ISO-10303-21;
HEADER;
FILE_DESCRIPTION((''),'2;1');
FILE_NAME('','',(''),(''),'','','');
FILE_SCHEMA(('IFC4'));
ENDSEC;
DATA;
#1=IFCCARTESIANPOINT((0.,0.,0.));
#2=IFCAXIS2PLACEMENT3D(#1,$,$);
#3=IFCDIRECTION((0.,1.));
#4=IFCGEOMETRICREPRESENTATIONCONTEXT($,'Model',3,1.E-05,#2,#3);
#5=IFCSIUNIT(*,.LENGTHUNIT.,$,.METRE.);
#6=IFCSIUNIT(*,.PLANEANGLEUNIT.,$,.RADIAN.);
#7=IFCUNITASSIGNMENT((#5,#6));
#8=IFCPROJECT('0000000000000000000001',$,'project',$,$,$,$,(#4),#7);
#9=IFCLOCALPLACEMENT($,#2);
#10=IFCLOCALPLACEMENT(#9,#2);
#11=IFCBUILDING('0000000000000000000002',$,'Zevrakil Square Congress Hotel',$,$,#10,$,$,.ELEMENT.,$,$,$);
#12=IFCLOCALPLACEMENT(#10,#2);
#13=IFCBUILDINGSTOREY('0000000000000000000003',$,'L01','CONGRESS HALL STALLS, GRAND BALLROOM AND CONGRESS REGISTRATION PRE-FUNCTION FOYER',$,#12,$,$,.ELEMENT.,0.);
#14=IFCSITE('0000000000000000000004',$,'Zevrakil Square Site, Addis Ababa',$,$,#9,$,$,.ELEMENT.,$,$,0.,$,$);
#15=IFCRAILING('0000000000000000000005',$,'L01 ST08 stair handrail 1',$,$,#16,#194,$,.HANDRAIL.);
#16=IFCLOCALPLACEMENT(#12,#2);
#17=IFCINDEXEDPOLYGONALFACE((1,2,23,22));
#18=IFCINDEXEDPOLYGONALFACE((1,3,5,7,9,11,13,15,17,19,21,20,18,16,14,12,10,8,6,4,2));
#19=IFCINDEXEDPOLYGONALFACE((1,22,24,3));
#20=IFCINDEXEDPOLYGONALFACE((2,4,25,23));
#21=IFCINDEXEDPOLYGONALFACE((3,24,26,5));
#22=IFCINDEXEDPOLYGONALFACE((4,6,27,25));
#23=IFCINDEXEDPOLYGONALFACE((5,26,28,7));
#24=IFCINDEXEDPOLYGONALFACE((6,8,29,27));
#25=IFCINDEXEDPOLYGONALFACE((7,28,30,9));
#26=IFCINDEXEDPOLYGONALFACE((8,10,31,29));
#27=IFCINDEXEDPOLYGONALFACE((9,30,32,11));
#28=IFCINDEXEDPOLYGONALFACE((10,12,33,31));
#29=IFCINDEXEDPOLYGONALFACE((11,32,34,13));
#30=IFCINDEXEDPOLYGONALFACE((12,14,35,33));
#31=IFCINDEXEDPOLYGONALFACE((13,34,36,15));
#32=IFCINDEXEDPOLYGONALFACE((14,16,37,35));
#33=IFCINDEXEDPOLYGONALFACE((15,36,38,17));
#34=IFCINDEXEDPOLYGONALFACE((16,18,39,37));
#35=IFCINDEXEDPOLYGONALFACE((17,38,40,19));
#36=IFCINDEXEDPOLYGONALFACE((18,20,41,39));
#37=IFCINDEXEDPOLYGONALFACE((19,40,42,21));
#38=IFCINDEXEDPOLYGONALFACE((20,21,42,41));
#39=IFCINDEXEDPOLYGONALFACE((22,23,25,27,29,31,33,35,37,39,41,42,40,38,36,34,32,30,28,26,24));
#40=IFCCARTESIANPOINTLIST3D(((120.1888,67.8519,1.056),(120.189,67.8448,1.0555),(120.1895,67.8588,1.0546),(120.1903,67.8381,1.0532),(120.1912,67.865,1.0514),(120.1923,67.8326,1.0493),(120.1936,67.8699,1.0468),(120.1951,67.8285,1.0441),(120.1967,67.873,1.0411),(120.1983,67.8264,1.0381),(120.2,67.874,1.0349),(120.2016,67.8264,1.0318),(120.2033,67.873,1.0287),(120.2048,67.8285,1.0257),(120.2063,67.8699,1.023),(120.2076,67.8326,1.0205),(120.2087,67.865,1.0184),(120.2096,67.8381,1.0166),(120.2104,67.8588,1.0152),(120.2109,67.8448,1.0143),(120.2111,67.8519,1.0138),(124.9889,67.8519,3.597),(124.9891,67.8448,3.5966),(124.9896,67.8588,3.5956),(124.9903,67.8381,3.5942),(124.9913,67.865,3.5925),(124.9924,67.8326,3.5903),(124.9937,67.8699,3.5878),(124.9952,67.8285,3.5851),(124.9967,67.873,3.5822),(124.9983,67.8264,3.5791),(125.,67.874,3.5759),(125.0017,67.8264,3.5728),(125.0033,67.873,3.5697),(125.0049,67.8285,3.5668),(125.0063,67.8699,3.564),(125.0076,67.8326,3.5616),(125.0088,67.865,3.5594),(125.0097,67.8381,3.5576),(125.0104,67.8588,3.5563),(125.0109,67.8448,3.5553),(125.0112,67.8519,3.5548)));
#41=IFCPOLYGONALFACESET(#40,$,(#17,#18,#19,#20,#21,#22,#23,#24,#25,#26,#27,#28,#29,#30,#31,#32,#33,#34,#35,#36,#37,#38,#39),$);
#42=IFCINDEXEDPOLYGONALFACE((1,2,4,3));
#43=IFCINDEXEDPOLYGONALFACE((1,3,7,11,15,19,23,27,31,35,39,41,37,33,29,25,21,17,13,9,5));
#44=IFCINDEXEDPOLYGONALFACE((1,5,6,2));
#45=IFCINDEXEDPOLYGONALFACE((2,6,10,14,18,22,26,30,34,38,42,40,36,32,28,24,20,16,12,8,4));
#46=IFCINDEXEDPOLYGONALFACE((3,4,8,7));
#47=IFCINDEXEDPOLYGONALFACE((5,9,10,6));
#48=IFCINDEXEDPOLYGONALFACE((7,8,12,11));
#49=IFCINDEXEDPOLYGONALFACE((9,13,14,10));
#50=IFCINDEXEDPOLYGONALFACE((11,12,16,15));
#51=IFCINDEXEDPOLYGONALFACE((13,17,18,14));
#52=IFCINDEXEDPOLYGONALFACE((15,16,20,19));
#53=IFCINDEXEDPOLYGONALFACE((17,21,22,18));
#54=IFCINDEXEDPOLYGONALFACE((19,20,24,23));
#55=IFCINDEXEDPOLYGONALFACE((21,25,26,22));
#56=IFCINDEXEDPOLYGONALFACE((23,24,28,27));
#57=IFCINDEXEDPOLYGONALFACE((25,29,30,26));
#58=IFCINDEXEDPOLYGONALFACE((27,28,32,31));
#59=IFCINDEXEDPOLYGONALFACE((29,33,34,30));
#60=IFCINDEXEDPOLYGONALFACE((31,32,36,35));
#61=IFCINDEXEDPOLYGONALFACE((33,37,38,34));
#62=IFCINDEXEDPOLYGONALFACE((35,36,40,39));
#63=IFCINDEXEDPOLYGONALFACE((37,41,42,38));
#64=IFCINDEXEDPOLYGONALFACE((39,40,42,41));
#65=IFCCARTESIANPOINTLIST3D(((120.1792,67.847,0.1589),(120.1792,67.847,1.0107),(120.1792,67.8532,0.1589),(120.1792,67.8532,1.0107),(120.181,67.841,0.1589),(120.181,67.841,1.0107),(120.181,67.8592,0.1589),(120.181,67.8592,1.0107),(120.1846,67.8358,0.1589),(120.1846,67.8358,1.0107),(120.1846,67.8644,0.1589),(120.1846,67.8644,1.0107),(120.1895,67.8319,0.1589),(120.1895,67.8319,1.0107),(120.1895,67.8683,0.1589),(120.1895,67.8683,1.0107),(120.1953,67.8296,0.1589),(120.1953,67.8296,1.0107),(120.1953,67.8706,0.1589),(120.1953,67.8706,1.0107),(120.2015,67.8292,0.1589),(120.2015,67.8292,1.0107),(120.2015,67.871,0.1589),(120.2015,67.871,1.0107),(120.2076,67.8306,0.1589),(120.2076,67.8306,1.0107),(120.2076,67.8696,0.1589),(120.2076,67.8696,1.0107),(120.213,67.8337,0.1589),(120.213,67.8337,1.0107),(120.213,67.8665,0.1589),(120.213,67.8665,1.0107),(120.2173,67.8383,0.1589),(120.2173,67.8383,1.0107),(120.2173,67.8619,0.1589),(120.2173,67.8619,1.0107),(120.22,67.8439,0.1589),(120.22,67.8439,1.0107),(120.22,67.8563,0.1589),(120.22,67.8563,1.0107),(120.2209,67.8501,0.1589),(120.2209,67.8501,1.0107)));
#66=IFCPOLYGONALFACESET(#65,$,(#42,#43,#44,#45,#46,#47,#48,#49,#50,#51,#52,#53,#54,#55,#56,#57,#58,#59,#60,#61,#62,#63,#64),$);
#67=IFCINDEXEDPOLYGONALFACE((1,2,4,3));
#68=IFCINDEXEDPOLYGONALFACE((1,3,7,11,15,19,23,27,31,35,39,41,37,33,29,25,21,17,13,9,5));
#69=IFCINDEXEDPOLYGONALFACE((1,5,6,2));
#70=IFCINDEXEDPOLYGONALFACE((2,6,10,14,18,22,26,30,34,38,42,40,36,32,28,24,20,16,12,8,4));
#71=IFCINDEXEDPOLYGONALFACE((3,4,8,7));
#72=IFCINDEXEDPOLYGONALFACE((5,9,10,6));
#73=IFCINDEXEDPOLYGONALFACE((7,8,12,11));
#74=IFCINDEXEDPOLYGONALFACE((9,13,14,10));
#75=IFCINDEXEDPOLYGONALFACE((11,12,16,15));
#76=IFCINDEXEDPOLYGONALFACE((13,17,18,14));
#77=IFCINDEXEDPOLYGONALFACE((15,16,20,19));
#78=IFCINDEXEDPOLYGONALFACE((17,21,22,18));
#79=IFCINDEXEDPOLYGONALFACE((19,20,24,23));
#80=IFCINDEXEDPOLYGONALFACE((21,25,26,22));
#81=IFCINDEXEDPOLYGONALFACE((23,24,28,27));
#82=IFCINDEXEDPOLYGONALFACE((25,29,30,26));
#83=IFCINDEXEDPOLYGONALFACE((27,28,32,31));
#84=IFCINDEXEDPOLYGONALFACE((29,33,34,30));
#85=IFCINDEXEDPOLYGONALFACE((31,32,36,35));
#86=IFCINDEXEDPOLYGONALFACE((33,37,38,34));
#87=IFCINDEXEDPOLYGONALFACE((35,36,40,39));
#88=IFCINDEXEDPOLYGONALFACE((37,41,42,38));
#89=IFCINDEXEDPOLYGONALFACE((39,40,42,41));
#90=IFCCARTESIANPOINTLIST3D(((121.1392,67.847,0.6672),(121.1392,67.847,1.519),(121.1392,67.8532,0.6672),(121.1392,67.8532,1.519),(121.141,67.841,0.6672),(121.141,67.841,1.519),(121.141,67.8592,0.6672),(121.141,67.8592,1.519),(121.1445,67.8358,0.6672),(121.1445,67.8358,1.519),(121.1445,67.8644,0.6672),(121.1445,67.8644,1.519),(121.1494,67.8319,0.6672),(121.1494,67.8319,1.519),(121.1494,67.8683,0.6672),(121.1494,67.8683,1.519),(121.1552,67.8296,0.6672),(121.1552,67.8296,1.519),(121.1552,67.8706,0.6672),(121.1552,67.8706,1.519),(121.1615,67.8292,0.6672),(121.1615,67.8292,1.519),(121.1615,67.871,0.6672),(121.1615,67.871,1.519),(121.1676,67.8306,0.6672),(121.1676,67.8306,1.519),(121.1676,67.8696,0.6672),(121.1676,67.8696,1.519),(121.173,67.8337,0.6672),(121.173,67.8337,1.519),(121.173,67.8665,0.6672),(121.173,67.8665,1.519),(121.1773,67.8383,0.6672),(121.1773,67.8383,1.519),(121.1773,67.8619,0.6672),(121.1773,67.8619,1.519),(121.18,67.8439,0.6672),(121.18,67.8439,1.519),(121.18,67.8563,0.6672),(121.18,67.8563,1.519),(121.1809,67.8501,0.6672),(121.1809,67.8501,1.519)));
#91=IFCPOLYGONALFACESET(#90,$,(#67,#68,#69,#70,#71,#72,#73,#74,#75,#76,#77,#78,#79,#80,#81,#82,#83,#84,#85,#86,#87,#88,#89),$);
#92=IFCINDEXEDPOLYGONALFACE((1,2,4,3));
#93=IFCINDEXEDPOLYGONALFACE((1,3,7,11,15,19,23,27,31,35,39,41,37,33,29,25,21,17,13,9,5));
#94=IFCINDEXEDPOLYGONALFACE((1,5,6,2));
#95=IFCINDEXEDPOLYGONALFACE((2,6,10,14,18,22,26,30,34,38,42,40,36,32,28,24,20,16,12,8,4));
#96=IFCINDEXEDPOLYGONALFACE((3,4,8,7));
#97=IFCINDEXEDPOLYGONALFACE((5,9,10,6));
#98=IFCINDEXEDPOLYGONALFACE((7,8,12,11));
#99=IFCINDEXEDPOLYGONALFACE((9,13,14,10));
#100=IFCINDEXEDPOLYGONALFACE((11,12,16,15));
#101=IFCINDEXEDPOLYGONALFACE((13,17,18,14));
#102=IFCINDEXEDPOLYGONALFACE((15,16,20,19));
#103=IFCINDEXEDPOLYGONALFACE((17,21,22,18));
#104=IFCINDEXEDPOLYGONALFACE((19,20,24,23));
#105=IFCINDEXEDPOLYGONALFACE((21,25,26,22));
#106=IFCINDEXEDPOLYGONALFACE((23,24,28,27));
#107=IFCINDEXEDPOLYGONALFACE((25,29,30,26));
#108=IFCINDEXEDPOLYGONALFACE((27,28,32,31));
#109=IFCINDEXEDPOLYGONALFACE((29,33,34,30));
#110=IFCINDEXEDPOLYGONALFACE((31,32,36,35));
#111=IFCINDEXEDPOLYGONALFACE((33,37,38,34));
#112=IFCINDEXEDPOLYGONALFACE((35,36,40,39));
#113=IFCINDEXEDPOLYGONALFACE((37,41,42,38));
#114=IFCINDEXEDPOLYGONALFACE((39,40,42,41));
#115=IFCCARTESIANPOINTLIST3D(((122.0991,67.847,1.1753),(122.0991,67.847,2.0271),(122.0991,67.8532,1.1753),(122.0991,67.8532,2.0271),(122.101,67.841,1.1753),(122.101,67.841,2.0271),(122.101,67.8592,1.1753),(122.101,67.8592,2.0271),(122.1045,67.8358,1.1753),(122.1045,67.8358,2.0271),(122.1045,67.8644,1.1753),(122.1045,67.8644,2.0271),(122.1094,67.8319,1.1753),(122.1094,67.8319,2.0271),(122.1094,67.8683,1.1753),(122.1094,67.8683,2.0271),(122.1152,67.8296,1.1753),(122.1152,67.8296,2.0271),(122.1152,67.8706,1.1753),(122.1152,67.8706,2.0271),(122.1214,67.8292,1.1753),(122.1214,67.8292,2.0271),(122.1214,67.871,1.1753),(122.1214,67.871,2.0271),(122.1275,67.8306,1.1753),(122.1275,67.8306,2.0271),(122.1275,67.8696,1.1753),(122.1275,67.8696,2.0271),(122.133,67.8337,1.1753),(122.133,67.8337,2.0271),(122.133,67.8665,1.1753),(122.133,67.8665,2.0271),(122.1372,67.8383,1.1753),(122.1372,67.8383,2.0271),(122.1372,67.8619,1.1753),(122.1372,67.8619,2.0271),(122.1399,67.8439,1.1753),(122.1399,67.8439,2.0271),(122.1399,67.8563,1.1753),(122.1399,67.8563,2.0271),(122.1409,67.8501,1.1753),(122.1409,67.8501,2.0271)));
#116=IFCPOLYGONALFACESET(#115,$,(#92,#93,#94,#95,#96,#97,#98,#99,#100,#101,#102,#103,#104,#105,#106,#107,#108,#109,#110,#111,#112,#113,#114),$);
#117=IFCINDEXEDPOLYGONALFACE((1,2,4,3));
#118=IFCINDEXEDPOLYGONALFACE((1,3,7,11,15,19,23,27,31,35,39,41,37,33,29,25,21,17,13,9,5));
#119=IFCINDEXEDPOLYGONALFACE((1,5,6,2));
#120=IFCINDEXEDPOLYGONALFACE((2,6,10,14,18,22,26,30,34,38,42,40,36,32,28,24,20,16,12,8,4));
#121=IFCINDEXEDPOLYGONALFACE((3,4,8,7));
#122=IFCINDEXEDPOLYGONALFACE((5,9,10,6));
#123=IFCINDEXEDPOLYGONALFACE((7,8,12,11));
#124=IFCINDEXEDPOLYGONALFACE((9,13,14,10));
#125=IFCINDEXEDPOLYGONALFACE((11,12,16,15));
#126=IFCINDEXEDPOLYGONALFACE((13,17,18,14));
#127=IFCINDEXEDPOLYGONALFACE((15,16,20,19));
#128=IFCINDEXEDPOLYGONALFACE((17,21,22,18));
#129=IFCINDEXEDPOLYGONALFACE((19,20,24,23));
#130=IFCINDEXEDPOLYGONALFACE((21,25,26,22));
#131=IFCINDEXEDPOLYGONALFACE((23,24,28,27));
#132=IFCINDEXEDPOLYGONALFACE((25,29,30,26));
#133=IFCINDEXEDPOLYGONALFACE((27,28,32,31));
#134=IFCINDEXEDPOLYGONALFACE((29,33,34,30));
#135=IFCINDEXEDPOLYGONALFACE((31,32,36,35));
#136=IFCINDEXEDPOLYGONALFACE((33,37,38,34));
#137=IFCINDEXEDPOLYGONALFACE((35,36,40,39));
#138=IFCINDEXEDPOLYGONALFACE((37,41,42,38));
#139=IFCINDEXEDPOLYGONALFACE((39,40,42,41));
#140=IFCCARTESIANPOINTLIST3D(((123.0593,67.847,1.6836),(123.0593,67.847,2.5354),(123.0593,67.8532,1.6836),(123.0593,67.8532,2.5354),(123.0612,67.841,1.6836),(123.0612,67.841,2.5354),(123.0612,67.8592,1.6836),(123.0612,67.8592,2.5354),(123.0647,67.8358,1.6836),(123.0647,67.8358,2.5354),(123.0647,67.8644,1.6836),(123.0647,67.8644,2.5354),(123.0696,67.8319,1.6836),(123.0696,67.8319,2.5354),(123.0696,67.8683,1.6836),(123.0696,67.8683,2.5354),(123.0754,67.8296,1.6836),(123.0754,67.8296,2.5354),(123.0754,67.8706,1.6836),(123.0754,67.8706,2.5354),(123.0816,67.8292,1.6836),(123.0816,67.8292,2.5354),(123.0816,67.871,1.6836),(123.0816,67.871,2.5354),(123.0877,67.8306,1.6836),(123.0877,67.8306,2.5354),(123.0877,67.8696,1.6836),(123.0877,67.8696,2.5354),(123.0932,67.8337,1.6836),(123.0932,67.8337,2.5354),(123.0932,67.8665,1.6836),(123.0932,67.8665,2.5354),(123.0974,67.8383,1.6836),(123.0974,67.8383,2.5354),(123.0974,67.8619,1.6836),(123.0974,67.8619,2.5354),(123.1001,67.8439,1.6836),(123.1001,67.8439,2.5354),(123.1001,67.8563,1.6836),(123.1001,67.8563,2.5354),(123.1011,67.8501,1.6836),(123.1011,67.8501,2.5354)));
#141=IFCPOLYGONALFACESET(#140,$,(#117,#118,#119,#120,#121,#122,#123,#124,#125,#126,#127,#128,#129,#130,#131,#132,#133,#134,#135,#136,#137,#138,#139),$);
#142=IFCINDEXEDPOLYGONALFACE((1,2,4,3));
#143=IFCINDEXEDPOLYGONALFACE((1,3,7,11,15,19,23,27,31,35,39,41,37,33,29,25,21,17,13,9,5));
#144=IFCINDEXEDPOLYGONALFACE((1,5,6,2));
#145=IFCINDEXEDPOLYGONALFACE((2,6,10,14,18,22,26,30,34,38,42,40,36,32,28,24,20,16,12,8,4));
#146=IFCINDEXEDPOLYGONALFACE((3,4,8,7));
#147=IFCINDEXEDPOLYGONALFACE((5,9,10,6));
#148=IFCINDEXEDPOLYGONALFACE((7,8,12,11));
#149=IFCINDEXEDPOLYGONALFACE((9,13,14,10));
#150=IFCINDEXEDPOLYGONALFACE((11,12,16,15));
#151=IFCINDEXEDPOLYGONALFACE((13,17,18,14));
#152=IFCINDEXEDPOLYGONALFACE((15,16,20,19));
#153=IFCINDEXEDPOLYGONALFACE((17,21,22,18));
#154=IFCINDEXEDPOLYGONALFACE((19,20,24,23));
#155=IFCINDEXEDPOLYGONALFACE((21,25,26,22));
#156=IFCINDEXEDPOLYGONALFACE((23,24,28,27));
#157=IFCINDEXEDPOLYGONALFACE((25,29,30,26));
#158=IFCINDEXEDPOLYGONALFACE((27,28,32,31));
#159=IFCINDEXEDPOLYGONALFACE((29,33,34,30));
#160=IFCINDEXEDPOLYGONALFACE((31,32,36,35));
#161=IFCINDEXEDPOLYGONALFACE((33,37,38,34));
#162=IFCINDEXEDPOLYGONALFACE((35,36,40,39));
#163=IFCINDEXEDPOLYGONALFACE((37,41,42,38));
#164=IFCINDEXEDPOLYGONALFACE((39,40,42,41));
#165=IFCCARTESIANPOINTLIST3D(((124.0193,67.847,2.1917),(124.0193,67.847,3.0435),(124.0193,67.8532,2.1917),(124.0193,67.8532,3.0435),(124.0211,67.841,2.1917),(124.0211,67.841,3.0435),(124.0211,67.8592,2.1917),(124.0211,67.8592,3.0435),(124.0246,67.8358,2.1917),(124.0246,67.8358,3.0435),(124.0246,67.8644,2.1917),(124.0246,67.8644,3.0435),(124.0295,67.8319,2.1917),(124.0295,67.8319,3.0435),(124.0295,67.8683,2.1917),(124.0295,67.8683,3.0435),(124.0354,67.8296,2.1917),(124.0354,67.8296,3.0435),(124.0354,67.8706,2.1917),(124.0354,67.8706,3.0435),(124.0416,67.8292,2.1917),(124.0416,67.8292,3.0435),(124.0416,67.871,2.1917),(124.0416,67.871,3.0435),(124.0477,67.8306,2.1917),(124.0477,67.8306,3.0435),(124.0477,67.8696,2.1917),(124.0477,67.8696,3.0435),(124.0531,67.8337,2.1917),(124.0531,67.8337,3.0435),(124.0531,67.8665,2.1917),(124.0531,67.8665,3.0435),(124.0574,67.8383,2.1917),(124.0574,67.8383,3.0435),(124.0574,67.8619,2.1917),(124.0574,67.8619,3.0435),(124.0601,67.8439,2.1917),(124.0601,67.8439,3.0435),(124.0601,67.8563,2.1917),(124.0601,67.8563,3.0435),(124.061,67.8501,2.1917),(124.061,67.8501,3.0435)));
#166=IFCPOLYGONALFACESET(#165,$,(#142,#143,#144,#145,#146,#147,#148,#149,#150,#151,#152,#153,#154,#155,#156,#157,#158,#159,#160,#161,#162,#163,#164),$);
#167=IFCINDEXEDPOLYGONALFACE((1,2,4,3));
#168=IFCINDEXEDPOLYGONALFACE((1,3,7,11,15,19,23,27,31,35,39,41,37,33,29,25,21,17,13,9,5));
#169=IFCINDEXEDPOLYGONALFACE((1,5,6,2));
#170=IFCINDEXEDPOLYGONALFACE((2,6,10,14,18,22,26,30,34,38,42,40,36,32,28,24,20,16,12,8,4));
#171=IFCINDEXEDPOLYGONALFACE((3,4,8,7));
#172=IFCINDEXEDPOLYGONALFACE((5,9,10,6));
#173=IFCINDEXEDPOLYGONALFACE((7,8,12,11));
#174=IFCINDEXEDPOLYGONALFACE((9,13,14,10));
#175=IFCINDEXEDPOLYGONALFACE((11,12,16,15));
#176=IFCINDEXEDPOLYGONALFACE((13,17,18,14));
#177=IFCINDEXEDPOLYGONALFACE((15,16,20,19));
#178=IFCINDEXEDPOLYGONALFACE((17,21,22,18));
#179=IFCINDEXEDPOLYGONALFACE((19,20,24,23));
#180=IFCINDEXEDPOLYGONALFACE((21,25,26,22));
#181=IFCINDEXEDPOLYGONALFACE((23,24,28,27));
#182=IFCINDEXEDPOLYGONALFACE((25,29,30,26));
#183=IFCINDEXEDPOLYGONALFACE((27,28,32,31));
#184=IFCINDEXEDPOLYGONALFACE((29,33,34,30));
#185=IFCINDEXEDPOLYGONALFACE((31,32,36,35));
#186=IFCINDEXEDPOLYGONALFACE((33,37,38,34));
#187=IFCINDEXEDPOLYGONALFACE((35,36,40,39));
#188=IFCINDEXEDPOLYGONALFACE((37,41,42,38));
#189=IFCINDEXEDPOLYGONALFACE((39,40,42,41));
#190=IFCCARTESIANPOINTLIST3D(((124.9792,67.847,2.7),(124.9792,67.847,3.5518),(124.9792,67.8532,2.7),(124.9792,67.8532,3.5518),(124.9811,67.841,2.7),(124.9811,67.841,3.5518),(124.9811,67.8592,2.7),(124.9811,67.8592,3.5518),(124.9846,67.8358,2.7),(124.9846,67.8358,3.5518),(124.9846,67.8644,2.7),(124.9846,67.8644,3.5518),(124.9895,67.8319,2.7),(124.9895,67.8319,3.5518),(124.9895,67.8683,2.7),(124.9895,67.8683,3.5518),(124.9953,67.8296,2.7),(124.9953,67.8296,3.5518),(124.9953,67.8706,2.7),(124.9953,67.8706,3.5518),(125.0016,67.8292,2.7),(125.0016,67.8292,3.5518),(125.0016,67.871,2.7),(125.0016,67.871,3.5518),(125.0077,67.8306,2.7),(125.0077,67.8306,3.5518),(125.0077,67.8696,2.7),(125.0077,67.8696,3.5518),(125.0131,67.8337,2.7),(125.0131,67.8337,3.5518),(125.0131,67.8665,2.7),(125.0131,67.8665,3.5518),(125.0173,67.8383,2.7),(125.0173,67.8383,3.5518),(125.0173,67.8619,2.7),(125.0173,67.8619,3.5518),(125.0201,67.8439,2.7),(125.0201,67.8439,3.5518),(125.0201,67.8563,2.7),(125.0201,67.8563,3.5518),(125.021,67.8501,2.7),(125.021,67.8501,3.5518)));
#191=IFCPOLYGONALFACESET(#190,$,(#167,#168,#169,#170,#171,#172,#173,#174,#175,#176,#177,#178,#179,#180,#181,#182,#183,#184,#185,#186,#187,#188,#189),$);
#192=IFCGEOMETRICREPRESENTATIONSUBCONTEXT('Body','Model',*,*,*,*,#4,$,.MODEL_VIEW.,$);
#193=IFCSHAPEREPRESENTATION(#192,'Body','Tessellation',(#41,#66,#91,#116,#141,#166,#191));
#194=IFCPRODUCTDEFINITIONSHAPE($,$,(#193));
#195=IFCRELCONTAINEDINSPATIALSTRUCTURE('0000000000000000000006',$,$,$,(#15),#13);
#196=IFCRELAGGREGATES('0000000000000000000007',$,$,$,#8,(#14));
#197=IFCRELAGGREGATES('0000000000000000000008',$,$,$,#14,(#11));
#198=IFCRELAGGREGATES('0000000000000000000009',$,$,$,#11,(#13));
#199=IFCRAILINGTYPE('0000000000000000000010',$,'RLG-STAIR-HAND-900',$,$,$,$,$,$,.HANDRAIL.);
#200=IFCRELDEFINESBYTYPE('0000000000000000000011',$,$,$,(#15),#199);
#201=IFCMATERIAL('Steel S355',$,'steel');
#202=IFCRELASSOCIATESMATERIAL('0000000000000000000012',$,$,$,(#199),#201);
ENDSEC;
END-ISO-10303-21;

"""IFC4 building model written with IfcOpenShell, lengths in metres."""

from ifc_helpers import new_model, si_unit, direction, frame, origin, origin_2d, place, context, subcontext, project, spatial, circle, extrude, material, type_object, element, save


model = new_model("IFC4")

# Units and contexts
model_context = context("Model", 3, precision=1e-05, world=origin(), true_north=direction((0.0, 1.0)))
body_context = subcontext(model_context, "Body", "Model", "MODEL_VIEW")
ifc_project = project(units=[si_unit("LENGTHUNIT", "METRE"), si_unit("PLANEANGLEUNIT", "RADIAN")], contexts=[model_context])

# Site, building, storey
site_placement = place(None, origin())
site = spatial("IfcSite", under=ifc_project, at=site_placement, Name="Zevrakil Square Site, Addis Ababa", CompositionType="ELEMENT", RefElevation=0.0)
building_placement = place(site_placement, origin())
building = spatial("IfcBuilding", under=site, at=building_placement, Name="Zevrakil Square Congress Hotel", CompositionType="ELEMENT")
storey_placement = place(building_placement, origin())
storey = spatial("IfcBuildingStorey", under=building, at=storey_placement, Name="L01", Description="CONGRESS HALL STALLS, GRAND BALLROOM AND CONGRESS REGISTRATION PRE-FUNCTION FOYER", CompositionType="ELEMENT", Elevation=0.0)

# Railing
ifc_material_1 = material(Name="Steel S355", Category="steel")
railing_type_1 = type_object("IfcRailingType", Name="RLG-STAIR-HAND-900", PredefinedType="HANDRAIL", material=ifc_material_1)
railing_1_placement = place(storey_placement, frame((120.2, 67.8501, 0.1589)))
element("IfcRailing", 1, at=railing_1_placement, inside=storey, type_object=railing_type_1, Name="L01 ST08 stair handrail 1", PredefinedType="HANDRAIL", context=body_context, shape_type="SweptSolid", body=[
    extrude(circle(Radius=0.0239, at=origin_2d()), frame((0.0, 0.0, 0.876), z_axis=(0.883802, 0.0, 0.467861), x_axis=(0.0, 1.0, 0.0)), (0.0, 0.0, 1.0), 5.4312),
    extrude(circle(Radius=0.021, at=origin_2d()), origin(), (0.0, 0.0, 1.0), 0.8518),
    extrude(circle(Radius=0.021, at=origin_2d()), frame((0.96, 0.0, 0.5083)), (0.0, 0.0, 1.0), 0.8518),
    extrude(circle(Radius=0.021, at=origin_2d()), frame((1.9199, 0.0, 1.0164)), (0.0, 0.0, 1.0), 0.8518),
    extrude(circle(Radius=0.021, at=origin_2d()), frame((2.8801, 0.0, 1.5247)), (0.0, 0.0, 1.0), 0.8518),
    extrude(circle(Radius=0.021, at=origin_2d()), frame((3.8401, 0.0, 2.0327)), (0.0, 0.0, 1.0), 0.8518),
    extrude(circle(Radius=0.021, at=origin_2d()), frame((4.8, 0.0, 2.541)), (0.0, 0.0, 1.0), 0.8518),
])

save(model, "model.ifc")
